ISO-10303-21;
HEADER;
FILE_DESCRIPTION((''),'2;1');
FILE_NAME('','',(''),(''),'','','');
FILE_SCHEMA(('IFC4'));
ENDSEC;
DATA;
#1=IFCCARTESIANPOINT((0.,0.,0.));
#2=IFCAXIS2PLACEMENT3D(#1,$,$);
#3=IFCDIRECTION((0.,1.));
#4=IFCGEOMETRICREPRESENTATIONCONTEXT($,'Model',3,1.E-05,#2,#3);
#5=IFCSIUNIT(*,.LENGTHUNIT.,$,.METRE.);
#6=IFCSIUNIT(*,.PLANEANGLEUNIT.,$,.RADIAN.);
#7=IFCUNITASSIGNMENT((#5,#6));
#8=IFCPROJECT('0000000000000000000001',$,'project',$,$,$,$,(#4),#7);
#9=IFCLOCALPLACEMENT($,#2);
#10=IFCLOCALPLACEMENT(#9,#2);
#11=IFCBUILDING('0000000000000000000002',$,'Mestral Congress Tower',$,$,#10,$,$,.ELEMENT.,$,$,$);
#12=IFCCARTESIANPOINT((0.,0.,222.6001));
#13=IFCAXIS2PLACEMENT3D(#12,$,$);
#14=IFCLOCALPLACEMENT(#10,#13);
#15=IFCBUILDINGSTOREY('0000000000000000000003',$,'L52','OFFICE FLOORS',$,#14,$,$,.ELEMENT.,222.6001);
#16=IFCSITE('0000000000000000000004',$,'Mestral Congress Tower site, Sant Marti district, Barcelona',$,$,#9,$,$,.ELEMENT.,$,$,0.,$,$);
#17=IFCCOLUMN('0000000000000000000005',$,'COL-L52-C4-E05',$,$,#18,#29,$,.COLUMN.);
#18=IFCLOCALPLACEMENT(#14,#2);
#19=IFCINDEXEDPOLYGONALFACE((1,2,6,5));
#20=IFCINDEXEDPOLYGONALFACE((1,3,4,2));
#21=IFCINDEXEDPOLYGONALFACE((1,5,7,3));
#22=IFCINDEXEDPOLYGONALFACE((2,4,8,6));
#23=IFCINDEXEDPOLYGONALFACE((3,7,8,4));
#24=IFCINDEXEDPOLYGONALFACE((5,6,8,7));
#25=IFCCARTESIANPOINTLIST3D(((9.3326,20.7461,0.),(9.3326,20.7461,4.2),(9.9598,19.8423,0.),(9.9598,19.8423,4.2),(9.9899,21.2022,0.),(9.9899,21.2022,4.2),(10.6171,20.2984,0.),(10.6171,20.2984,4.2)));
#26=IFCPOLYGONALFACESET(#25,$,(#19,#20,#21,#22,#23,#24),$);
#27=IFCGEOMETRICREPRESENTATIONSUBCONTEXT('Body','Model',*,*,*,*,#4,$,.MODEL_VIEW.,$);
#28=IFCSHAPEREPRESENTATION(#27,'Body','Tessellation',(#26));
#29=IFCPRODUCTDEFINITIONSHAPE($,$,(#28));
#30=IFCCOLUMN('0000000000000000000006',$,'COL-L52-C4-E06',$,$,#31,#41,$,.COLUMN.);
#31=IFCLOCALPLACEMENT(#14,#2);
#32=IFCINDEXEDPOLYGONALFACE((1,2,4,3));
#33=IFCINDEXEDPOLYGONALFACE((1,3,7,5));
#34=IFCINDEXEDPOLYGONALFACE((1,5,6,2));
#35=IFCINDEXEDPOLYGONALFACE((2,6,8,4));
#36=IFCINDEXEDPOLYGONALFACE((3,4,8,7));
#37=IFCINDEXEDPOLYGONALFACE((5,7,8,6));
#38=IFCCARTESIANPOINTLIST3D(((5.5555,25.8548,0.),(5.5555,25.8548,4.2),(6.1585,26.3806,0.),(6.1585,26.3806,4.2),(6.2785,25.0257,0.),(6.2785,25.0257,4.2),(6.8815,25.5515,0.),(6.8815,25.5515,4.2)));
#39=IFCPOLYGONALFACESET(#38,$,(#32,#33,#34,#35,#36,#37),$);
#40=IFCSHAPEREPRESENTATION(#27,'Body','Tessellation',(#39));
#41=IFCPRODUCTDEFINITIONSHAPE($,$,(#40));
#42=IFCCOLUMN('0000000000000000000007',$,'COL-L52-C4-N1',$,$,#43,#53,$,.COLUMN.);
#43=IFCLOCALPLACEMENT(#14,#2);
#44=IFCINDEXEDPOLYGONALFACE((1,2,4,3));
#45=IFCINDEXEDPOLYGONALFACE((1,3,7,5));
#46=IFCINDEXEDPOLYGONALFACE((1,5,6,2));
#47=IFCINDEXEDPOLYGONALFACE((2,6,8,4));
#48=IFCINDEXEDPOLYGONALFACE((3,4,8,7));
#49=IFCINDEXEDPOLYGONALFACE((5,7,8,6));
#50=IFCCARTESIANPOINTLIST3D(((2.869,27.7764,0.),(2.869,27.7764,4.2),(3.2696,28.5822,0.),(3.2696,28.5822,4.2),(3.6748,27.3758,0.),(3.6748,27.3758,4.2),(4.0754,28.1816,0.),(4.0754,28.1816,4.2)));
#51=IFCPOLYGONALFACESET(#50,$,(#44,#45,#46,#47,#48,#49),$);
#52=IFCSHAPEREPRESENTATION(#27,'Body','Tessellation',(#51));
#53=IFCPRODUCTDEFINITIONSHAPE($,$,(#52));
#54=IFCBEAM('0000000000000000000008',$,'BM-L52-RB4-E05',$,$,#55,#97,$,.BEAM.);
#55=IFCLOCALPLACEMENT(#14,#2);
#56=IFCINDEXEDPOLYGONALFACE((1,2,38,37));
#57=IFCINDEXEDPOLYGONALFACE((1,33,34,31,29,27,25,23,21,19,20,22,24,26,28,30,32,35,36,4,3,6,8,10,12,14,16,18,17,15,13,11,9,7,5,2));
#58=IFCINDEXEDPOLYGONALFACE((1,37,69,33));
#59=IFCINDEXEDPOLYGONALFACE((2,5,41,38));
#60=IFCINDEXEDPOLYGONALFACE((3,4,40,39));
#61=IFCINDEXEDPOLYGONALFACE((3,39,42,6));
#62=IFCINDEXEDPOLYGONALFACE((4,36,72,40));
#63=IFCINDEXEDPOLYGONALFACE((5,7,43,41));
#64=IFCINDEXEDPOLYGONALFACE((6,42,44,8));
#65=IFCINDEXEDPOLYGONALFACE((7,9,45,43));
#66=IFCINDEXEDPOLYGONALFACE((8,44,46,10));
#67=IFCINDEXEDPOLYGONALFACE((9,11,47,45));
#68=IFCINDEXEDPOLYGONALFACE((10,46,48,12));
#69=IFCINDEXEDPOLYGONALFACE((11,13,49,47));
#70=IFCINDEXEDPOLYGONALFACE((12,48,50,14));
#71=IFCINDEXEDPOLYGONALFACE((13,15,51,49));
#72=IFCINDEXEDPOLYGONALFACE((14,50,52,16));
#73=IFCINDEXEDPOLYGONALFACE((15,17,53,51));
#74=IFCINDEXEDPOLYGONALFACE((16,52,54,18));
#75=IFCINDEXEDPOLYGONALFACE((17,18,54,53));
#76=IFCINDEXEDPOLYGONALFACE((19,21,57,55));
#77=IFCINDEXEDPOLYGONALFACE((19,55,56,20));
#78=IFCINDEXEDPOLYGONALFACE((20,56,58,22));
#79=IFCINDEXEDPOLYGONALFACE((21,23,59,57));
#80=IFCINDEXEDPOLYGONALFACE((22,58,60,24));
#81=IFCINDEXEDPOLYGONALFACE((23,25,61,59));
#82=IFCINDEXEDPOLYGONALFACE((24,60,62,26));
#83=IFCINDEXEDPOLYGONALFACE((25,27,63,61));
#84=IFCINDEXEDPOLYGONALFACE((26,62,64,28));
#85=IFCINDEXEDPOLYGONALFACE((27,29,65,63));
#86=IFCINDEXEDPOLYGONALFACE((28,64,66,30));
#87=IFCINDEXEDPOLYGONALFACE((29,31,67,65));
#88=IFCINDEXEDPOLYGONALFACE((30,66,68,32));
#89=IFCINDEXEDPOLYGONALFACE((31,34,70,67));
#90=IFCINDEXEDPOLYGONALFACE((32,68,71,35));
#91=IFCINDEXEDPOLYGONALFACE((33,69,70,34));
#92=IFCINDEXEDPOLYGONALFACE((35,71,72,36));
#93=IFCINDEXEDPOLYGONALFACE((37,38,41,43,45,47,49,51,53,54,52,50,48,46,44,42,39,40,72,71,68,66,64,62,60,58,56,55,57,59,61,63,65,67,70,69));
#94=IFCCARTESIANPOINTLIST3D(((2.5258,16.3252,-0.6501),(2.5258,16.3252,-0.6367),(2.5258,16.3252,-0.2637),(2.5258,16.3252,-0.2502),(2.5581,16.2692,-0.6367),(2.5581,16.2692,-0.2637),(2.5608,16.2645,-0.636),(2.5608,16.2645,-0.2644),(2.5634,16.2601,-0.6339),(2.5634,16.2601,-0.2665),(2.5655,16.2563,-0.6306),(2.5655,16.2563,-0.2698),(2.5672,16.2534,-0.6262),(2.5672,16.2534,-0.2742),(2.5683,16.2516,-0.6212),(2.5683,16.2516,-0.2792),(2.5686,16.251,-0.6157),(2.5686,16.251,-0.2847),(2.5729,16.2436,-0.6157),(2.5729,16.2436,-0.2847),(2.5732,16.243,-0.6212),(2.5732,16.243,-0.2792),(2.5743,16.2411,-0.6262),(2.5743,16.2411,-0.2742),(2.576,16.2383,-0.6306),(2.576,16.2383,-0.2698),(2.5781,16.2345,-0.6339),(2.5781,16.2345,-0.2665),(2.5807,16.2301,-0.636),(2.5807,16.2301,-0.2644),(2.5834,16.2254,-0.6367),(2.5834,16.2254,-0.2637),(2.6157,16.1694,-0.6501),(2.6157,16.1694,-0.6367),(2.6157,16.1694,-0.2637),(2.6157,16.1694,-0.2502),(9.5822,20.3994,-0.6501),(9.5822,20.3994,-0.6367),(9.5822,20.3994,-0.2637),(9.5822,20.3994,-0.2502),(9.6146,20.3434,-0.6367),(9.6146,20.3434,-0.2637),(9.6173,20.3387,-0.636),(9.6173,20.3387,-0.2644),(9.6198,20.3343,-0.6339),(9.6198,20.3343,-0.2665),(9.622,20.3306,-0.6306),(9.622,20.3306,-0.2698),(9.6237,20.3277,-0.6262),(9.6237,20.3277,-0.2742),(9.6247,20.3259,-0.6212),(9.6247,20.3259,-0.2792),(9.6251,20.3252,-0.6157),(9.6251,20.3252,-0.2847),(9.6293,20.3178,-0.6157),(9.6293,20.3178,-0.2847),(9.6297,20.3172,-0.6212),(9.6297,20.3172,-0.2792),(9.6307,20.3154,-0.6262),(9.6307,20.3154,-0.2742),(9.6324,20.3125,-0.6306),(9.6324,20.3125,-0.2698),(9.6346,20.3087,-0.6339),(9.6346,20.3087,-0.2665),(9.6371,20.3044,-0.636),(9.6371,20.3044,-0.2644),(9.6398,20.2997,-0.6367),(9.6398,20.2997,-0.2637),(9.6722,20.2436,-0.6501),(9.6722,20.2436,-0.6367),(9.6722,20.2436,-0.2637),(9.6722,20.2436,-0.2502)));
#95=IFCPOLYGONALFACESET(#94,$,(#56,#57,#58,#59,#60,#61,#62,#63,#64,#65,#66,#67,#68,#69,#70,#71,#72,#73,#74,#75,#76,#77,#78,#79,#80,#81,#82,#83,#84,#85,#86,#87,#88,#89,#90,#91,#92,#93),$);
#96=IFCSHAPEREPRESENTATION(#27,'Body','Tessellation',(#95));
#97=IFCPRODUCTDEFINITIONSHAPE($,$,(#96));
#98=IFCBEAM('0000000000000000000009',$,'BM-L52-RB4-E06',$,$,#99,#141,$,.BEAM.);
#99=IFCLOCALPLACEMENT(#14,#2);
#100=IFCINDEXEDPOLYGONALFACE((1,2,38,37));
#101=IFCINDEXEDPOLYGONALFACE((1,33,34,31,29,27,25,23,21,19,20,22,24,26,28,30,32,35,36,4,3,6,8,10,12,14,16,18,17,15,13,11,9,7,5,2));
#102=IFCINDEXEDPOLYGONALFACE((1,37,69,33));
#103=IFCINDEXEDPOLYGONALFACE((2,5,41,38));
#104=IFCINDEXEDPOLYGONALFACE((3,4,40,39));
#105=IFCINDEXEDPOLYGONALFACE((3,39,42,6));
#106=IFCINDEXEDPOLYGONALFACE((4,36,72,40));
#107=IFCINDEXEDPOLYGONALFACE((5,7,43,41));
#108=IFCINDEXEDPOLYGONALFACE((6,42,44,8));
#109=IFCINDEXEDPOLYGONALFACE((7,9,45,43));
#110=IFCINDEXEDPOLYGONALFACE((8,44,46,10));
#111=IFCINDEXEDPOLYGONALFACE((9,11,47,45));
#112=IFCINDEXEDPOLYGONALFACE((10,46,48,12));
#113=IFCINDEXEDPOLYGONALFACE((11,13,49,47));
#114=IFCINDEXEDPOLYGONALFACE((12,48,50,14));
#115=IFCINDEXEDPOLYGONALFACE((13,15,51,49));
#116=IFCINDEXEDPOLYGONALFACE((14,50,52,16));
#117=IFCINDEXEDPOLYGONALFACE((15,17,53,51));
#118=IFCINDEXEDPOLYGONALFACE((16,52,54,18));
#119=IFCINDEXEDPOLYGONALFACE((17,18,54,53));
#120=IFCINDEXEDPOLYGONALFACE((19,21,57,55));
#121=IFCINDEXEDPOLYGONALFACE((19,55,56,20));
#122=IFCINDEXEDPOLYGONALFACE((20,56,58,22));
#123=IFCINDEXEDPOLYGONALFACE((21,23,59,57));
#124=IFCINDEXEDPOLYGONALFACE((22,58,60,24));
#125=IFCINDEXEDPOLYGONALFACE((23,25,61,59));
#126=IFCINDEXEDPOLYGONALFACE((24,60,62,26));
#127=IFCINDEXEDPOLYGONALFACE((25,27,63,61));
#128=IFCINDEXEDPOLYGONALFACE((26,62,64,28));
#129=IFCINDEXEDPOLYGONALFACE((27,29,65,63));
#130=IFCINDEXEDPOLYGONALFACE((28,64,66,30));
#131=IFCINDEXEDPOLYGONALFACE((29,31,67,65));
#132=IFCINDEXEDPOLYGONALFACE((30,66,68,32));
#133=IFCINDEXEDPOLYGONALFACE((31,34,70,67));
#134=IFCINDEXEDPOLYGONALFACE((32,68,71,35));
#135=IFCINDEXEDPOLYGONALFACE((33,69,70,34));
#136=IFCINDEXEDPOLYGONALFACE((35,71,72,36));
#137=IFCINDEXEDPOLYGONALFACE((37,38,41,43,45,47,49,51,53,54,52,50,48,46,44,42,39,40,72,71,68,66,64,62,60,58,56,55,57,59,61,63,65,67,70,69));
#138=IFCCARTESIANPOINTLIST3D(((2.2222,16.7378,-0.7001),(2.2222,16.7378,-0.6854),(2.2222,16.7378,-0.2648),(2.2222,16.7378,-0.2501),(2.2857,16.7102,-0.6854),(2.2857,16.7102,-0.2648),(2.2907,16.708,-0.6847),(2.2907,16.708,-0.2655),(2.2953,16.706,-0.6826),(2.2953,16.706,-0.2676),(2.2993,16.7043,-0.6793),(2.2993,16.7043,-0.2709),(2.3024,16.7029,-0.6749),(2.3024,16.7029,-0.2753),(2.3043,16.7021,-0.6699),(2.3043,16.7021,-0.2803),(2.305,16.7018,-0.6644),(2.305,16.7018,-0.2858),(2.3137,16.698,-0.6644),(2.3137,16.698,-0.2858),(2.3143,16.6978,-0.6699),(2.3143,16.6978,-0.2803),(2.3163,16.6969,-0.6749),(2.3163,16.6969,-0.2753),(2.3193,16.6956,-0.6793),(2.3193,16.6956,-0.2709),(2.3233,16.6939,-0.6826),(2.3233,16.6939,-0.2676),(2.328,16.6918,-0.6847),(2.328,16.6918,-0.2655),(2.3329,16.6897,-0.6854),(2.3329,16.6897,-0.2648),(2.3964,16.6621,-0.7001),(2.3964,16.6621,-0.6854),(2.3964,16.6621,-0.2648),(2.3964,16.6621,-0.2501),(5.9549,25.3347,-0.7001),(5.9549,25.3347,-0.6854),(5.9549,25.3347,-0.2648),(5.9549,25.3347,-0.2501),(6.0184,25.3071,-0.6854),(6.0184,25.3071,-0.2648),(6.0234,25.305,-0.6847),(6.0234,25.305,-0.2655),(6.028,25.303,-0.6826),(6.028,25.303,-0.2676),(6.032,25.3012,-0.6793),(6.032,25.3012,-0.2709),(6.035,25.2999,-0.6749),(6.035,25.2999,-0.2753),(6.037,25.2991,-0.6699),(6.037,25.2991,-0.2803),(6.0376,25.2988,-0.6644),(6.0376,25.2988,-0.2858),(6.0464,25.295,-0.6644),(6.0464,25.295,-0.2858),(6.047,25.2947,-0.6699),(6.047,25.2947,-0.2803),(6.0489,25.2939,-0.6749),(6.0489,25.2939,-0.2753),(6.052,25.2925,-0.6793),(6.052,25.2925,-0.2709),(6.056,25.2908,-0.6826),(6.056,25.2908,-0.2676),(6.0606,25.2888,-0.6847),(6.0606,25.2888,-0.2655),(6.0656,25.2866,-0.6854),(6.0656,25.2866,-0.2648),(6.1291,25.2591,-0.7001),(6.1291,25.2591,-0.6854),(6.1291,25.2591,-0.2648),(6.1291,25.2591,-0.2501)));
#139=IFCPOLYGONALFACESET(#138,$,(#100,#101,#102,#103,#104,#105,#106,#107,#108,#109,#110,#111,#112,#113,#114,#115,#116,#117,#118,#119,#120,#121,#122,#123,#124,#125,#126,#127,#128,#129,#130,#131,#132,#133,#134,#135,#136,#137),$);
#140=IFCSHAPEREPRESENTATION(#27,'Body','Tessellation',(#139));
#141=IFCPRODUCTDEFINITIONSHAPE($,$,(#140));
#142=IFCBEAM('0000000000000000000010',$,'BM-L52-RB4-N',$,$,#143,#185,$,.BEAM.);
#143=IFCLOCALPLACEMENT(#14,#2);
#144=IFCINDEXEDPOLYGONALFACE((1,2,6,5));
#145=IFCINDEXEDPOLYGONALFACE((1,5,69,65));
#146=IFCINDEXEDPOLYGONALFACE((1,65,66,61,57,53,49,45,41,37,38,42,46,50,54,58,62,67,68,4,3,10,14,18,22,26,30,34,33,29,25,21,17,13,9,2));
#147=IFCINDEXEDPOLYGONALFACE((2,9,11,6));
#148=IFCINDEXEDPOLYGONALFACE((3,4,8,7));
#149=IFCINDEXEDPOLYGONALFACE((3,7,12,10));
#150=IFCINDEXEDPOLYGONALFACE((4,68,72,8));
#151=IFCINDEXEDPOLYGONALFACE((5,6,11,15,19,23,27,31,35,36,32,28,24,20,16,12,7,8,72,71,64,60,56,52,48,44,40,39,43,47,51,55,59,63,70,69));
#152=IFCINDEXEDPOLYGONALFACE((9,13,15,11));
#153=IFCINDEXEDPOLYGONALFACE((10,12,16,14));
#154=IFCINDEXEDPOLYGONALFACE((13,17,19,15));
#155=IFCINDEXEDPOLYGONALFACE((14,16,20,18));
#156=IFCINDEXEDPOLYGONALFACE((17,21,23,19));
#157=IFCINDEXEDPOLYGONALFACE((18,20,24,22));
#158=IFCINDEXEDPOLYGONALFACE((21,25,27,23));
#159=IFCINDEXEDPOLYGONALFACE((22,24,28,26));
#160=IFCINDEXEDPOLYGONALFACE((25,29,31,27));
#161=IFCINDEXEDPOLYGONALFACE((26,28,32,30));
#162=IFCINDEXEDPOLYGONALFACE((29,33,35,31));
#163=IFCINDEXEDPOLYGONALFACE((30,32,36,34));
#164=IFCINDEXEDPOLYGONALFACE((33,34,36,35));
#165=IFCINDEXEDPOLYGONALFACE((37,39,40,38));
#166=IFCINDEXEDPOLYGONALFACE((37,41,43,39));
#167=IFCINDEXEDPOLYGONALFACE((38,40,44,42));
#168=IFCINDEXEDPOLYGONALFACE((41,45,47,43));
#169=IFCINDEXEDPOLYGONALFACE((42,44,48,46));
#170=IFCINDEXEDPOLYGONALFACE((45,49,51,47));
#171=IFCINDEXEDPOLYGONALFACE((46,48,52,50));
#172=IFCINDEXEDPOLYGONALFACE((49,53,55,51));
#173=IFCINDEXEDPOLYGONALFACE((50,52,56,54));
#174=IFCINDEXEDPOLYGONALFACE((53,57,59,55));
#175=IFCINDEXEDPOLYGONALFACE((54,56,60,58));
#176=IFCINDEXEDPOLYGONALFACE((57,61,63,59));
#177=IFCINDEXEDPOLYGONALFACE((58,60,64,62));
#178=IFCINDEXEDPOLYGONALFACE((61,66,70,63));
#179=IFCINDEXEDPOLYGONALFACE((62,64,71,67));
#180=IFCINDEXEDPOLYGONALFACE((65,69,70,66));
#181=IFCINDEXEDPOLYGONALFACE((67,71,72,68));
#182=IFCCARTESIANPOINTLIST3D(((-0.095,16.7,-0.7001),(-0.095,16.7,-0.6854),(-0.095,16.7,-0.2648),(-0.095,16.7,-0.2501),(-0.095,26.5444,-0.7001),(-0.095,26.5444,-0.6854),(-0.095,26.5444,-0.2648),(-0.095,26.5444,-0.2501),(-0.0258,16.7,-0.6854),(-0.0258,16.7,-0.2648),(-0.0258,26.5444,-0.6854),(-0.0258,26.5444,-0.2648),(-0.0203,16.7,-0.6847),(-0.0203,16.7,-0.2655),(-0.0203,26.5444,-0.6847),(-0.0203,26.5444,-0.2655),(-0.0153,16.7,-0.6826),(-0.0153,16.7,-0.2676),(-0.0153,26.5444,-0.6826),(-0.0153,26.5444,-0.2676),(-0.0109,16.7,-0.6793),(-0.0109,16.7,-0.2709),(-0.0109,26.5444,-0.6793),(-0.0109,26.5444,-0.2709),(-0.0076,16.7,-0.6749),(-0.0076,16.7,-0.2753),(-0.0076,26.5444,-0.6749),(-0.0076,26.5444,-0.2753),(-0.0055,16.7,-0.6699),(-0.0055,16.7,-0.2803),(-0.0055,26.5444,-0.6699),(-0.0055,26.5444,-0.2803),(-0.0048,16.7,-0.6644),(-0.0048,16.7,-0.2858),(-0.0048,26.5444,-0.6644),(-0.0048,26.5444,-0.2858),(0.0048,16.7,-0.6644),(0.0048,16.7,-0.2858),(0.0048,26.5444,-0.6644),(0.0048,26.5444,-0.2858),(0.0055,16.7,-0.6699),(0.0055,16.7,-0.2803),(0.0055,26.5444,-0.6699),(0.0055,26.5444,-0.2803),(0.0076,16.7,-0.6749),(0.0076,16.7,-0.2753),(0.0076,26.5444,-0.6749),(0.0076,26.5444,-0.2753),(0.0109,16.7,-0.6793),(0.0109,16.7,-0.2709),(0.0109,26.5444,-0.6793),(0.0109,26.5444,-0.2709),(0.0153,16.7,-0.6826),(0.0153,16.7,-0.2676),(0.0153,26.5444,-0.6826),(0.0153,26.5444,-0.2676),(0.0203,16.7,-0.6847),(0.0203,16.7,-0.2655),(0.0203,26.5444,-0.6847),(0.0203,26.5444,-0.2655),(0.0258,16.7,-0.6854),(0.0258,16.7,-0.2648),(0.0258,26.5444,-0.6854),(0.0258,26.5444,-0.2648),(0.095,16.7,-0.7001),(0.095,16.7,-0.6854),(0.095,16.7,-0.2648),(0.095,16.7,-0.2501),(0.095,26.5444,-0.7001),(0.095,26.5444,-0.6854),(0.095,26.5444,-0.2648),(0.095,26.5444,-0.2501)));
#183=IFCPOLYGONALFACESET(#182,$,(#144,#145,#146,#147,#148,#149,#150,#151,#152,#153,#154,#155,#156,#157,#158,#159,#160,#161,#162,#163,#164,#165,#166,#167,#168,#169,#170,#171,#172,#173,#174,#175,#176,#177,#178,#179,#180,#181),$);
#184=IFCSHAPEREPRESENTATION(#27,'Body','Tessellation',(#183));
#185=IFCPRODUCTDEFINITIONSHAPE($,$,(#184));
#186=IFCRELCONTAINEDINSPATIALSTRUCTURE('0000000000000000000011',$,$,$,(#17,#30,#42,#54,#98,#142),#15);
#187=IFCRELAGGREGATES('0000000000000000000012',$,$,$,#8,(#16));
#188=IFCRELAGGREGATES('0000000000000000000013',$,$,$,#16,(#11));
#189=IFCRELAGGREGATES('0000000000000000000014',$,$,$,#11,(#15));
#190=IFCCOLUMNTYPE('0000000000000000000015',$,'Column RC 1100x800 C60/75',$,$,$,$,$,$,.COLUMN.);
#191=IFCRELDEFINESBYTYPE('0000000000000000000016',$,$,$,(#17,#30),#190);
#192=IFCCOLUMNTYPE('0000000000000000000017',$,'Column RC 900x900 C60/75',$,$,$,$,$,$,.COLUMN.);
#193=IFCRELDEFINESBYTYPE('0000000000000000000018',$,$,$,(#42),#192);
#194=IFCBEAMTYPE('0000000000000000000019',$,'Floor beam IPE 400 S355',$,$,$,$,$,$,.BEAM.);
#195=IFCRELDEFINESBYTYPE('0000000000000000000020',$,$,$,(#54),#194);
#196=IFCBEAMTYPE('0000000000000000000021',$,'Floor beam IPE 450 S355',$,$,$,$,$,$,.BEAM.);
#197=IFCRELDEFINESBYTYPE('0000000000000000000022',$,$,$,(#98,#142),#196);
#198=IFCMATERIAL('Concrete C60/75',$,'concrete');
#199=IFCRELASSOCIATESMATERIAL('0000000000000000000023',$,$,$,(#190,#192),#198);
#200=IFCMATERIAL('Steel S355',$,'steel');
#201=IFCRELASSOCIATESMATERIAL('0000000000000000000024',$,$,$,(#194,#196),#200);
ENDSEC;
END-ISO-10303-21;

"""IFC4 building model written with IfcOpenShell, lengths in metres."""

from ifc_helpers import new_model, si_unit, direction, frame, origin, origin_2d, place, context, subcontext, project, spatial, rectangle, i_section, extrude, material, material_profile, profile_set, type_object, element, save


model = new_model("IFC4")

# Units and contexts
model_context = context("Model", 3, precision=1e-05, world=origin(), true_north=direction((0.0, 1.0)))
body_context = subcontext(model_context, "Body", "Model", "MODEL_VIEW")
ifc_project = project(units=[si_unit("LENGTHUNIT", "METRE"), si_unit("PLANEANGLEUNIT", "RADIAN")], contexts=[model_context])

# Site, building, storey
site_placement = place(None, origin())
site = spatial("IfcSite", under=ifc_project, at=site_placement, Name="Mestral Congress Tower site, Sant Marti district, Barcelona", CompositionType="ELEMENT", RefElevation=0.0)
building_placement = place(site_placement, origin())
building = spatial("IfcBuilding", under=site, at=building_placement, Name="Mestral Congress Tower", CompositionType="ELEMENT")
storey_placement = place(building_placement, frame((0.0, 0.0, 222.6001)))
storey = spatial("IfcBuildingStorey", under=building, at=storey_placement, Name="L52", Description="OFFICE FLOORS", CompositionType="ELEMENT", Elevation=222.6001)

# Columns
ifc_material_1 = material(Name="Concrete C60/75", Category="concrete")
ifc_material_profile_1 = material_profile(ifc_material_1, rectangle(XDim=1.1001, YDim=0.8, at=origin_2d()), Name="RC 1100x800")
ifc_profile_set_1 = profile_set([ifc_material_profile_1], Name="Concrete C60/75")
column_type_1 = type_object("IfcColumnType", Name="Column RC 1100x800 C60/75", PredefinedType="COLUMN", material=ifc_profile_set_1)
for number, where, z_axis, x_axis, name in (
    (1, (9.9749, 20.5222, 0.0), (0.0, 0.0, 1.0), (-0.570084, 0.821586, 0.0), "COL-L52-C4-E05"),
    (2, (6.2185, 25.7031, 0.0), (0.0, 0.0, 1.0), (-0.65725, 0.753672, 0.0), "COL-L52-C4-E06"),
):
    element("IfcColumn", number, at=place(storey_placement, frame(where, z_axis=z_axis, x_axis=x_axis)), inside=storey, type_object=column_type_1, Name=name, PredefinedType="COLUMN", context=body_context, shape_type="SweptSolid", body=[
        extrude(rectangle(XDim=1.1001, YDim=0.8, at=origin_2d()), origin(), (0.0, 0.0, 1.0), 4.2),
    ])
ifc_material_profile_2 = material_profile(ifc_material_1, rectangle(XDim=0.8999, YDim=0.8999, at=origin_2d()), Name="RC 900x900")
ifc_profile_set_2 = profile_set([ifc_material_profile_2], Name="Concrete C60/75")
column_type_2 = type_object("IfcColumnType", Name="Column RC 900x900 C60/75", PredefinedType="COLUMN", material=ifc_profile_set_2)
column_placement = place(storey_placement, frame((3.4722, 27.979, 0.0), z_axis=(0.0, 0.0, 1.0), x_axis=(-0.895456, 0.445149, 0.0)))
element("IfcColumn", 3, at=column_placement, inside=storey, type_object=column_type_2, Name="COL-L52-C4-N1", PredefinedType="COLUMN", context=body_context, shape_type="SweptSolid", body=[
    extrude(rectangle(XDim=0.8999, YDim=0.8999, at=origin_2d()), origin(), (0.0, 0.0, 1.0), 4.2),
])

# Beams
ifc_material_2 = material(Name="Steel S355", Category="steel")
ifc_material_profile_3 = material_profile(ifc_material_2, i_section(OverallWidth=0.1799, OverallDepth=0.3999, WebThickness=0.0085, FlangeThickness=0.0134, FilletRadius=0.021, at=origin_2d()), Name="IPE 400")
ifc_profile_set_3 = profile_set([ifc_material_profile_3], Name="Steel S355")
beam_type_1 = type_object("IfcBeamType", Name="Floor beam IPE 400 S355", PredefinedType="BEAM", material=ifc_profile_set_3)
beam_1_placement = place(storey_placement, frame((9.6272, 20.3215, -0.4502), z_axis=(-0.866014, -0.500019, 0.0), x_axis=(0.500019, -0.866014, 0.0)))
element("IfcBeam", 4, at=beam_1_placement, inside=storey, type_object=beam_type_1, Name="BM-L52-RB4-E05", PredefinedType="BEAM", context=body_context, shape_type="SweptSolid", body=[
    extrude(i_section(OverallWidth=0.1799, OverallDepth=0.3999, WebThickness=0.0085, FlangeThickness=0.0134, FilletRadius=0.021, at=origin_2d()), origin(), (0.0, 0.0, 1.0), 8.1482),
])
ifc_material_profile_4 = material_profile(ifc_material_2, i_section(OverallWidth=0.1899, OverallDepth=0.45, WebThickness=0.0095, FlangeThickness=0.0146, FilletRadius=0.021, at=origin_2d()), Name="IPE 450")
ifc_profile_set_4 = profile_set([ifc_material_profile_4], Name="Steel S355")
beam_type_2 = type_object("IfcBeamType", Name="Floor beam IPE 450 S355", PredefinedType="BEAM", material=ifc_profile_set_4)
beam_2_placement = place(storey_placement, frame((6.042, 25.2969, -0.4751), z_axis=(-0.398266, -0.91727, 0.0), x_axis=(0.91727, -0.398266, 0.0)))
element("IfcBeam", 5, at=beam_2_placement, inside=storey, type_object=beam_type_2, Name="BM-L52-RB4-E06", PredefinedType="BEAM", context=body_context, shape_type="SweptSolid", body=[
    extrude(i_section(OverallWidth=0.1899, OverallDepth=0.45, WebThickness=0.0095, FlangeThickness=0.0146, FilletRadius=0.021, at=origin_2d()), origin(), (0.0, 0.0, 1.0), 9.3723),
])
beam_3_placement = place(storey_placement, frame((0.0, 26.5444, -0.4751), z_axis=(0.0, -1.0, 0.0), x_axis=(1.0, 0.0, 0.0)))
element("IfcBeam", 6, at=beam_3_placement, inside=storey, type_object=beam_type_2, Name="BM-L52-RB4-N", PredefinedType="BEAM", context=body_context, shape_type="SweptSolid", body=[
    extrude(i_section(OverallWidth=0.1899, OverallDepth=0.45, WebThickness=0.0095, FlangeThickness=0.0146, FilletRadius=0.021, at=origin_2d()), origin(), (0.0, 0.0, 1.0), 9.8445),
])

save(model, "model.ifc")
